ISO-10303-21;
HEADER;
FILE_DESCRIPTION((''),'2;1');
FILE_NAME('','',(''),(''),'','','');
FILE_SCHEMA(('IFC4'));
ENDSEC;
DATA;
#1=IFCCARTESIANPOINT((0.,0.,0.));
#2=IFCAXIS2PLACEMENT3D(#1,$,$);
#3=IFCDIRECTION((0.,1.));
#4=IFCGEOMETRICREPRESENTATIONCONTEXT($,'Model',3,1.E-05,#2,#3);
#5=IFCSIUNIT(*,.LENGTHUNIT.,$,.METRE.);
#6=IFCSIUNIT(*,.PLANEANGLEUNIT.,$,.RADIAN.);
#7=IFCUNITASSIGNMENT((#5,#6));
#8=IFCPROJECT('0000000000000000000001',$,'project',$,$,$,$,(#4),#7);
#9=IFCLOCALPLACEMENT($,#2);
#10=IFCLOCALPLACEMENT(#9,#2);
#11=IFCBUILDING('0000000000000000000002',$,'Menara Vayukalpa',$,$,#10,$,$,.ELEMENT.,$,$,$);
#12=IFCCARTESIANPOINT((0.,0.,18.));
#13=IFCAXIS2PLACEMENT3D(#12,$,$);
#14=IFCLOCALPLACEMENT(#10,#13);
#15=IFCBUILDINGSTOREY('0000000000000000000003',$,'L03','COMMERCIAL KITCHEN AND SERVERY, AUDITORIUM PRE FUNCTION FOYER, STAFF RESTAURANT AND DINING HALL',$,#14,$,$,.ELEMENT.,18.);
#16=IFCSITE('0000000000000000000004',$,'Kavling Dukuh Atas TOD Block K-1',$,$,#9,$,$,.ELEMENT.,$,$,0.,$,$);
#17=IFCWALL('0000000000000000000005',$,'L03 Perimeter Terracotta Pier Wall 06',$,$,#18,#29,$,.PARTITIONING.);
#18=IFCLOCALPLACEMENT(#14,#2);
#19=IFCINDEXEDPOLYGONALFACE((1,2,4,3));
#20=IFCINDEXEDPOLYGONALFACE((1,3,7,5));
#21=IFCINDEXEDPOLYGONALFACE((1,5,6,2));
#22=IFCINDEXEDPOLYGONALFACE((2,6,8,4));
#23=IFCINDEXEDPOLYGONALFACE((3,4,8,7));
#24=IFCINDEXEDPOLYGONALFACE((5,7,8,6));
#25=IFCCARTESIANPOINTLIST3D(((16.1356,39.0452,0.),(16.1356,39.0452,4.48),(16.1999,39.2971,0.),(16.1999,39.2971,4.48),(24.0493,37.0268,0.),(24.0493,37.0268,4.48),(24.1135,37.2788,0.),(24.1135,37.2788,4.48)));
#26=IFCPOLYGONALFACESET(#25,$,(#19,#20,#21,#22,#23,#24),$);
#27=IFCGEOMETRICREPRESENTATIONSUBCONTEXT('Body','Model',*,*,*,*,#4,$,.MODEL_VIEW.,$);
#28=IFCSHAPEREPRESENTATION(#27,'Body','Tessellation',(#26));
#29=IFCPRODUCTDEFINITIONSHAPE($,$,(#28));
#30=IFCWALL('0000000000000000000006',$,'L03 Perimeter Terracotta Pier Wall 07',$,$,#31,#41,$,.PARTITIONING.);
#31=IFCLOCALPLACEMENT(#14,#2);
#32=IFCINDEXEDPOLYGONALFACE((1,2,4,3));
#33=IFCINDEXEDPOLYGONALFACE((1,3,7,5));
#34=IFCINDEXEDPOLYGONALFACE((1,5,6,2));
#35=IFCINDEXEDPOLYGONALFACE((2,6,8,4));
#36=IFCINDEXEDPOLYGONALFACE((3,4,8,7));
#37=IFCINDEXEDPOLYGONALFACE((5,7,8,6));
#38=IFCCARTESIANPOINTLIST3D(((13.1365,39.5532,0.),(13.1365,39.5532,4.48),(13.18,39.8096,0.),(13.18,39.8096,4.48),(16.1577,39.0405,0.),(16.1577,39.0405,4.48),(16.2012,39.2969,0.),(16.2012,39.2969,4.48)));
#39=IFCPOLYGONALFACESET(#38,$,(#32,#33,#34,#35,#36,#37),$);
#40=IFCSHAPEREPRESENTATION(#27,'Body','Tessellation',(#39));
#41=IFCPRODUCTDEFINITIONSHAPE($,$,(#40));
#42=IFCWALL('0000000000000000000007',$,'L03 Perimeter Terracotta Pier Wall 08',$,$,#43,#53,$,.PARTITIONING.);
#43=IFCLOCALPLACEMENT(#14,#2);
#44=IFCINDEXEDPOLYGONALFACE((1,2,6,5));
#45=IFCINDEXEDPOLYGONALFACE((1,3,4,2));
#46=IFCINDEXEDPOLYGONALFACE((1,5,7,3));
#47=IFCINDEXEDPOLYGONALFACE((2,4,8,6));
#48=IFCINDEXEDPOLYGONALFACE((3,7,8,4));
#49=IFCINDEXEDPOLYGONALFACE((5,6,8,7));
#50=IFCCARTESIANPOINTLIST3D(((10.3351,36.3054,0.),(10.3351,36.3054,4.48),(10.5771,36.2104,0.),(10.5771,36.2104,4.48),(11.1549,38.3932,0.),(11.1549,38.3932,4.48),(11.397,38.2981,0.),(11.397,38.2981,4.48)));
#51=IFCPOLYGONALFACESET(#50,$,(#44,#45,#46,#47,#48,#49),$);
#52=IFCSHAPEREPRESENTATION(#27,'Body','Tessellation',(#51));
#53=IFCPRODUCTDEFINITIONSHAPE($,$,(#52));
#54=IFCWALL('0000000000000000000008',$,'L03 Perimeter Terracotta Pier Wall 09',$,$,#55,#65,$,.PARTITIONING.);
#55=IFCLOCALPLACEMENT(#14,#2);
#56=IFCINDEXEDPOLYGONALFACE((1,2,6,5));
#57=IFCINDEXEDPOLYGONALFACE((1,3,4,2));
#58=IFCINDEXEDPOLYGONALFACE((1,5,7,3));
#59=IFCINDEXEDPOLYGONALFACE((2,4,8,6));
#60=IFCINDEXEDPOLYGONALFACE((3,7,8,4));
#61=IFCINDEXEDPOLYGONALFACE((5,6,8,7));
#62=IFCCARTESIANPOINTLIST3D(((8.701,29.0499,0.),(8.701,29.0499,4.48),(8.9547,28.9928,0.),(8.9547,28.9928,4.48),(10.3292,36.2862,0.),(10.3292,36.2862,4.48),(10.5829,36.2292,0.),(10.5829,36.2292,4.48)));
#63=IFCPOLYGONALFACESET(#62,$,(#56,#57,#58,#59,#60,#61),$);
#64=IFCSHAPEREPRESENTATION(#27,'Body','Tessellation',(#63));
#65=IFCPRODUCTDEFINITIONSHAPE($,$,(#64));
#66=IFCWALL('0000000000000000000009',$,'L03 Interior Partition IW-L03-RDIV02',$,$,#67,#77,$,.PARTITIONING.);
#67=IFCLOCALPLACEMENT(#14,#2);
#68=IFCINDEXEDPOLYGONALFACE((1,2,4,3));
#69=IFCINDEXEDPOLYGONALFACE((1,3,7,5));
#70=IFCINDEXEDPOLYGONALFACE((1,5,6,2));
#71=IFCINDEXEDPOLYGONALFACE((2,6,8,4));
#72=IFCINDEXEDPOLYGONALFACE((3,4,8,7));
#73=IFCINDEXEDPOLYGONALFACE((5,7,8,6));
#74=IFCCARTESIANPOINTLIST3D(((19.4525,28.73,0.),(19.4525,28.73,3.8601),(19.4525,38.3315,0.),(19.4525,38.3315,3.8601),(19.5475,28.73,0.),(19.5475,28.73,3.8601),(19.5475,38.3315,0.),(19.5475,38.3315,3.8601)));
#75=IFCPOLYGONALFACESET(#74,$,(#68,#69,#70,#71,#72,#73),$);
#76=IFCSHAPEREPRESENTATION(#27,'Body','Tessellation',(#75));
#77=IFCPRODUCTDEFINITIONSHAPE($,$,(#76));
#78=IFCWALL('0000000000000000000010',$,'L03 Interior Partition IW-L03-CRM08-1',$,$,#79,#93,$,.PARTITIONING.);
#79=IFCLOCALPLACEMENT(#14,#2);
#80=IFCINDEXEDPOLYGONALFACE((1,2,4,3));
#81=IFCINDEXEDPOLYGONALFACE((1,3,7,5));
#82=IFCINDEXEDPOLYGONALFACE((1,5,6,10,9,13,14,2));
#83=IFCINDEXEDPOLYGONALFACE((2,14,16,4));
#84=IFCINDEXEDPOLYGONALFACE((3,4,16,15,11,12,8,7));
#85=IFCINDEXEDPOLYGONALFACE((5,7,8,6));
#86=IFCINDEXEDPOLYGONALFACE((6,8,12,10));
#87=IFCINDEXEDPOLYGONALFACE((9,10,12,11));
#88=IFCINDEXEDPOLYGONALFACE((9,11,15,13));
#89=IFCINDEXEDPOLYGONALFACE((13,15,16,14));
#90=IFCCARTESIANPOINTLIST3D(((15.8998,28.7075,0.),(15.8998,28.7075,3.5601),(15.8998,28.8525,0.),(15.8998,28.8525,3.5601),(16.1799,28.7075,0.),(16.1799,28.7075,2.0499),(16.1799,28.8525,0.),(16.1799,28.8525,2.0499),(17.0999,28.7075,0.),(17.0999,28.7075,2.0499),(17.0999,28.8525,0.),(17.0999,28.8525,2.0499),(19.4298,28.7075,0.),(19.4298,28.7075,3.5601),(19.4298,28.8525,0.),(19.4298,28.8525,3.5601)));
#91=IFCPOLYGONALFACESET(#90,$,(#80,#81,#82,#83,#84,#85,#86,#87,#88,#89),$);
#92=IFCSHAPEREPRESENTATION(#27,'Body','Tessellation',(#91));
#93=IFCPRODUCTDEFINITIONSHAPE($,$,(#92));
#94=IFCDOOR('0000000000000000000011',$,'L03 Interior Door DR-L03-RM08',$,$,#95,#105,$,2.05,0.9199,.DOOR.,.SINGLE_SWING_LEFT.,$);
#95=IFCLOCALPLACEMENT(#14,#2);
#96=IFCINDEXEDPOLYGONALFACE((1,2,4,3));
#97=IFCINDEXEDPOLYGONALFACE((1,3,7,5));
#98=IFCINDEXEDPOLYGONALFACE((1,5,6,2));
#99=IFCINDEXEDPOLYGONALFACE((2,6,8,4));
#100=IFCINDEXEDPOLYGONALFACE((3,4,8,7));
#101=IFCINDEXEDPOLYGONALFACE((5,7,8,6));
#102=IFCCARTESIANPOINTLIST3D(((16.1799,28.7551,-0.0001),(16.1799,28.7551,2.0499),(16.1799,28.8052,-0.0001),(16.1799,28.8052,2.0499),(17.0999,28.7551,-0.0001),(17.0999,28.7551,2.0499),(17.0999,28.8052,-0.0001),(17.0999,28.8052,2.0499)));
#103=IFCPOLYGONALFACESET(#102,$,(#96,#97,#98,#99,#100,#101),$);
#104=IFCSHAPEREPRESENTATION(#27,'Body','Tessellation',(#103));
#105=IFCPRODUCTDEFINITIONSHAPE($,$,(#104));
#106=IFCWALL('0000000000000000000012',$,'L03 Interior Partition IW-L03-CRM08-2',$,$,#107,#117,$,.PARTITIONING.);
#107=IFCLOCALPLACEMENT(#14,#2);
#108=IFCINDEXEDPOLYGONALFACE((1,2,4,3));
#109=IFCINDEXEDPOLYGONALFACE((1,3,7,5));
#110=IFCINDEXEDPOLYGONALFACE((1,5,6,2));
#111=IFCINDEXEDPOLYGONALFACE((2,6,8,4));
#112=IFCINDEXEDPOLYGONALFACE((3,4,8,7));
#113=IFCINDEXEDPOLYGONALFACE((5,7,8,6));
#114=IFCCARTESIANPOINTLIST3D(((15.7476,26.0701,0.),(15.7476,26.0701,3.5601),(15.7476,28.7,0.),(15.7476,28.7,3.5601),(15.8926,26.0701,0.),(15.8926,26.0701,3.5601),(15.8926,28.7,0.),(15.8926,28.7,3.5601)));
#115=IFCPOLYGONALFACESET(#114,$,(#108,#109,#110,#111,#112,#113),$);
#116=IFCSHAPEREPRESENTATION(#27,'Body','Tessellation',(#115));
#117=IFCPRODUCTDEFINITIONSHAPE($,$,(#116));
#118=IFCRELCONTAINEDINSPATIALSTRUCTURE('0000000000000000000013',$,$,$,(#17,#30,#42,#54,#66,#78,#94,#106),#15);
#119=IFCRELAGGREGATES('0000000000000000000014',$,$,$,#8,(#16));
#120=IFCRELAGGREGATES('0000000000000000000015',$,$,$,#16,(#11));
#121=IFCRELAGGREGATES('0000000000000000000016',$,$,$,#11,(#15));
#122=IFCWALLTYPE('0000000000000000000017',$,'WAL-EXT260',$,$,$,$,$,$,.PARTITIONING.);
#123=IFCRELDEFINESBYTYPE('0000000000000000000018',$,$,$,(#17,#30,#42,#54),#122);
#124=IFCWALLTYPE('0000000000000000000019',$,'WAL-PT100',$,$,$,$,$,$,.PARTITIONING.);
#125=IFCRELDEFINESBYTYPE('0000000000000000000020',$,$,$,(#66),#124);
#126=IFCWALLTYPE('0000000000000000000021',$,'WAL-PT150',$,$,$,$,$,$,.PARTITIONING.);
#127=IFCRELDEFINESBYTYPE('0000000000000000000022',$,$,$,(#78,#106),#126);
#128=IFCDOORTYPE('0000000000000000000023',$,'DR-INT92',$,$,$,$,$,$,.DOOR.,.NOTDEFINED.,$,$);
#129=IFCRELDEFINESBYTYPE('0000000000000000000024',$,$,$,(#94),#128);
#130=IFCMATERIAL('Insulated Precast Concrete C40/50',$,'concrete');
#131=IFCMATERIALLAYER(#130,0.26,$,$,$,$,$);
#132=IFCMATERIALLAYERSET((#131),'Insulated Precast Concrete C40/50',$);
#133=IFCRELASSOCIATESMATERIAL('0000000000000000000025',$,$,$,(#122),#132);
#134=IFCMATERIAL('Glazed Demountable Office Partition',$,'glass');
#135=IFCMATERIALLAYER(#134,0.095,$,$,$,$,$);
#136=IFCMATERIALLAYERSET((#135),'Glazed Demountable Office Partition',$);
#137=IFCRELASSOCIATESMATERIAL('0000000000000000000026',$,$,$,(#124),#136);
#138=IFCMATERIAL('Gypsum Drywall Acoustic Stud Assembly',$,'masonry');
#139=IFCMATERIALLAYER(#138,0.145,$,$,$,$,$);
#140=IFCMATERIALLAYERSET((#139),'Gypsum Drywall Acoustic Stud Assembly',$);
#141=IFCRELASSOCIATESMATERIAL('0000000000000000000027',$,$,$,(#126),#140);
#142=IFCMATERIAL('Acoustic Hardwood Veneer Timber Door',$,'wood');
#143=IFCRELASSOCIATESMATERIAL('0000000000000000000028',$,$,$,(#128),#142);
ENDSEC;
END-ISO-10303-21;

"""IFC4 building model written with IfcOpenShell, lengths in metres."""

from ifc_helpers import new_model, si_unit, direction, frame, frame_2d, origin, place, context, subcontext, project, spatial, rectangle, extrude, material, layer, layer_set, type_object, element, fill, save


model = new_model("IFC4")

# Units and contexts
model_context = context("Model", 3, precision=1e-05, world=origin(), true_north=direction((0.0, 1.0)))
body_context = subcontext(model_context, "Body", "Model", "MODEL_VIEW")
ifc_project = project(units=[si_unit("LENGTHUNIT", "METRE"), si_unit("PLANEANGLEUNIT", "RADIAN")], contexts=[model_context])

# Site, building, storey
site_placement = place(None, origin())
site = spatial("IfcSite", under=ifc_project, at=site_placement, Name="Kavling Dukuh Atas TOD Block K-1", CompositionType="ELEMENT", RefElevation=0.0)
building_placement = place(site_placement, origin())
building = spatial("IfcBuilding", under=site, at=building_placement, Name="Menara Vayukalpa", CompositionType="ELEMENT")
storey_placement = place(building_placement, frame((0.0, 0.0, 18.0)))
storey = spatial("IfcBuildingStorey", under=building, at=storey_placement, Name="L03", Description="COMMERCIAL KITCHEN AND SERVERY, AUDITORIUM PRE FUNCTION FOYER, STAFF RESTAURANT AND DINING HALL", CompositionType="ELEMENT", Elevation=18.0)

# Walls
ifc_material_1 = material(Name="Insulated Precast Concrete C40/50", Category="concrete")
ifc_layer_1 = layer(ifc_material_1, 0.26)
ifc_layer_set_1 = layer_set([ifc_layer_1], Name="Insulated Precast Concrete C40/50")
wall_type_1 = type_object("IfcWallType", Name="WAL-EXT260", PredefinedType="PARTITIONING", material=ifc_layer_set_1)
wall_1_placement = place(storey_placement, frame((16.1677, 39.1711, 0.0), z_axis=(0.0, 0.0, 1.0), x_axis=(0.968982, -0.247133, 0.0)))
element("IfcWall", 1, at=wall_1_placement, inside=storey, type_object=wall_type_1, Name="L03 Perimeter Terracotta Pier Wall 06", PredefinedType="PARTITIONING", context=body_context, shape_type="SweptSolid", body=[
    extrude(rectangle(XDim=8.167, YDim=0.26, at=frame_2d((4.0835, 0.0))), origin(), (0.0, 0.0, 1.0), 4.48),
])
wall_2_placement = place(storey_placement, frame((13.1582, 39.6814, 0.0), z_axis=(0.0, 0.0, 1.0), x_axis=(0.985905, -0.167305, 0.0)))
element("IfcWall", 2, at=wall_2_placement, inside=storey, type_object=wall_type_1, Name="L03 Perimeter Terracotta Pier Wall 07", PredefinedType="PARTITIONING", context=body_context, shape_type="SweptSolid", body=[
    extrude(rectangle(XDim=3.0645, YDim=0.26, at=frame_2d((1.5322, 0.0))), origin(), (0.0, 0.0, 1.0), 4.48),
])
wall_3_placement = place(storey_placement, frame((10.4561, 36.2578, 0.0), z_axis=(0.0, 0.0, 1.0), x_axis=(0.365528, 0.9308, 0.0)))
element("IfcWall", 3, at=wall_3_placement, inside=storey, type_object=wall_type_1, Name="L03 Perimeter Terracotta Pier Wall 08", PredefinedType="PARTITIONING", context=body_context, shape_type="SweptSolid", body=[
    extrude(rectangle(XDim=2.2429, YDim=0.26, at=frame_2d((1.1216, 0.0))), origin(), (0.0, 0.0, 1.0), 4.48),
])
wall_4_placement = place(storey_placement, frame((8.8279, 29.0215, 0.0), z_axis=(0.0, 0.0, 1.0), x_axis=(0.219512, 0.97561, 0.0)))
element("IfcWall", 4, at=wall_4_placement, inside=storey, type_object=wall_type_1, Name="L03 Perimeter Terracotta Pier Wall 09", PredefinedType="PARTITIONING", context=body_context, shape_type="SweptSolid", body=[
    extrude(rectangle(XDim=7.4172, YDim=0.26, at=frame_2d((3.7085, 0.0))), origin(), (0.0, 0.0, 1.0), 4.48),
])
ifc_material_2 = material(Name="Glazed Demountable Office Partition", Category="glass")
ifc_layer_2 = layer(ifc_material_2, 0.095)
ifc_layer_set_2 = layer_set([ifc_layer_2], Name="Glazed Demountable Office Partition")
wall_type_2 = type_object("IfcWallType", Name="WAL-PT100", PredefinedType="PARTITIONING", material=ifc_layer_set_2)
wall_5_placement = place(storey_placement, frame((19.5, 28.73, 0.0), z_axis=(0.0, 0.0, 1.0), x_axis=(0.0, 1.0, 0.0)))
element("IfcWall", 5, at=wall_5_placement, inside=storey, type_object=wall_type_2, Name="L03 Interior Partition IW-L03-RDIV02", PredefinedType="PARTITIONING", context=body_context, shape_type="SweptSolid", body=[
    extrude(rectangle(XDim=9.6016, YDim=0.095, at=frame_2d((4.8008, 0.0))), origin(), (0.0, 0.0, 1.0), 3.8601),
])

# Wall, opening, door
ifc_material_3 = material(Name="Gypsum Drywall Acoustic Stud Assembly", Category="masonry")
ifc_layer_3 = layer(ifc_material_3, 0.145)
ifc_layer_set_3 = layer_set([ifc_layer_3], Name="Gypsum Drywall Acoustic Stud Assembly")
wall_type_3 = type_object("IfcWallType", Name="WAL-PT150", PredefinedType="PARTITIONING", material=ifc_layer_set_3)
wall_6_placement = place(storey_placement, frame((19.4299, 28.78, 0.0), z_axis=(0.0, 0.0, 1.0), x_axis=(-1.0, 0.0, 0.0)))
wall_6 = element("IfcWall", 6, at=wall_6_placement, inside=storey, type_object=wall_type_3, Name="L03 Interior Partition IW-L03-CRM08-1", PredefinedType="PARTITIONING", context=body_context, shape_type="SweptSolid", body=[
    extrude(rectangle(XDim=3.53, YDim=0.145, at=frame_2d((1.7651, 0.0))), origin(), (0.0, 0.0, 1.0), 3.5601),
])
opening_placement = place(wall_6_placement, frame((2.3301, 0.0, 0.0)))
opening = element("IfcOpeningElement", 7, at=opening_placement, cuts=wall_6, PredefinedType="OPENING", context=body_context, shape_type="SweptSolid", body=[
    extrude(rectangle(XDim=0.9199, YDim=2.05, at=frame_2d((0.46, 1.0249))), frame((0.0, 0.0825, 0.0), z_axis=(0.0, -1.0, 0.0), x_axis=(1.0, 0.0, 0.0)), (0.0, 0.0, 1.0), 0.165),
])
ifc_material_4 = material(Name="Acoustic Hardwood Veneer Timber Door", Category="wood")
door_type = type_object("IfcDoorType", Name="DR-INT92", OperationType="NOTDEFINED", PredefinedType="DOOR", material=ifc_material_4)
door_placement = place(opening_placement, origin())
door = element("IfcDoor", 8, at=door_placement, inside=storey, type_object=door_type, Name="L03 Interior Door DR-L03-RM08", OperationType="SINGLE_SWING_LEFT", OverallHeight=2.05, OverallWidth=0.9199, PredefinedType="DOOR", context=body_context, shape_type="SweptSolid", body=[
    extrude(rectangle(XDim=0.9199, YDim=2.05, at=frame_2d((0.46, 1.0249))), frame((0.0, 0.0249, 0.0), z_axis=(0.0, -1.0, 0.0), x_axis=(1.0, 0.0, 0.0)), (0.0, 0.0, 1.0), 0.05),
])
fill(opening, door)

# Wall
wall_7_placement = place(storey_placement, frame((15.8201, 28.7, 0.0), z_axis=(0.0, 0.0, 1.0), x_axis=(0.0, -1.0, 0.0)))
element("IfcWall", 9, at=wall_7_placement, inside=storey, type_object=wall_type_3, Name="L03 Interior Partition IW-L03-CRM08-2", PredefinedType="PARTITIONING", context=body_context, shape_type="SweptSolid", body=[
    extrude(rectangle(XDim=2.6299, YDim=0.145, at=frame_2d((1.3149, 0.0))), origin(), (0.0, 0.0, 1.0), 3.5601),
])

save(model, "model.ifc")
